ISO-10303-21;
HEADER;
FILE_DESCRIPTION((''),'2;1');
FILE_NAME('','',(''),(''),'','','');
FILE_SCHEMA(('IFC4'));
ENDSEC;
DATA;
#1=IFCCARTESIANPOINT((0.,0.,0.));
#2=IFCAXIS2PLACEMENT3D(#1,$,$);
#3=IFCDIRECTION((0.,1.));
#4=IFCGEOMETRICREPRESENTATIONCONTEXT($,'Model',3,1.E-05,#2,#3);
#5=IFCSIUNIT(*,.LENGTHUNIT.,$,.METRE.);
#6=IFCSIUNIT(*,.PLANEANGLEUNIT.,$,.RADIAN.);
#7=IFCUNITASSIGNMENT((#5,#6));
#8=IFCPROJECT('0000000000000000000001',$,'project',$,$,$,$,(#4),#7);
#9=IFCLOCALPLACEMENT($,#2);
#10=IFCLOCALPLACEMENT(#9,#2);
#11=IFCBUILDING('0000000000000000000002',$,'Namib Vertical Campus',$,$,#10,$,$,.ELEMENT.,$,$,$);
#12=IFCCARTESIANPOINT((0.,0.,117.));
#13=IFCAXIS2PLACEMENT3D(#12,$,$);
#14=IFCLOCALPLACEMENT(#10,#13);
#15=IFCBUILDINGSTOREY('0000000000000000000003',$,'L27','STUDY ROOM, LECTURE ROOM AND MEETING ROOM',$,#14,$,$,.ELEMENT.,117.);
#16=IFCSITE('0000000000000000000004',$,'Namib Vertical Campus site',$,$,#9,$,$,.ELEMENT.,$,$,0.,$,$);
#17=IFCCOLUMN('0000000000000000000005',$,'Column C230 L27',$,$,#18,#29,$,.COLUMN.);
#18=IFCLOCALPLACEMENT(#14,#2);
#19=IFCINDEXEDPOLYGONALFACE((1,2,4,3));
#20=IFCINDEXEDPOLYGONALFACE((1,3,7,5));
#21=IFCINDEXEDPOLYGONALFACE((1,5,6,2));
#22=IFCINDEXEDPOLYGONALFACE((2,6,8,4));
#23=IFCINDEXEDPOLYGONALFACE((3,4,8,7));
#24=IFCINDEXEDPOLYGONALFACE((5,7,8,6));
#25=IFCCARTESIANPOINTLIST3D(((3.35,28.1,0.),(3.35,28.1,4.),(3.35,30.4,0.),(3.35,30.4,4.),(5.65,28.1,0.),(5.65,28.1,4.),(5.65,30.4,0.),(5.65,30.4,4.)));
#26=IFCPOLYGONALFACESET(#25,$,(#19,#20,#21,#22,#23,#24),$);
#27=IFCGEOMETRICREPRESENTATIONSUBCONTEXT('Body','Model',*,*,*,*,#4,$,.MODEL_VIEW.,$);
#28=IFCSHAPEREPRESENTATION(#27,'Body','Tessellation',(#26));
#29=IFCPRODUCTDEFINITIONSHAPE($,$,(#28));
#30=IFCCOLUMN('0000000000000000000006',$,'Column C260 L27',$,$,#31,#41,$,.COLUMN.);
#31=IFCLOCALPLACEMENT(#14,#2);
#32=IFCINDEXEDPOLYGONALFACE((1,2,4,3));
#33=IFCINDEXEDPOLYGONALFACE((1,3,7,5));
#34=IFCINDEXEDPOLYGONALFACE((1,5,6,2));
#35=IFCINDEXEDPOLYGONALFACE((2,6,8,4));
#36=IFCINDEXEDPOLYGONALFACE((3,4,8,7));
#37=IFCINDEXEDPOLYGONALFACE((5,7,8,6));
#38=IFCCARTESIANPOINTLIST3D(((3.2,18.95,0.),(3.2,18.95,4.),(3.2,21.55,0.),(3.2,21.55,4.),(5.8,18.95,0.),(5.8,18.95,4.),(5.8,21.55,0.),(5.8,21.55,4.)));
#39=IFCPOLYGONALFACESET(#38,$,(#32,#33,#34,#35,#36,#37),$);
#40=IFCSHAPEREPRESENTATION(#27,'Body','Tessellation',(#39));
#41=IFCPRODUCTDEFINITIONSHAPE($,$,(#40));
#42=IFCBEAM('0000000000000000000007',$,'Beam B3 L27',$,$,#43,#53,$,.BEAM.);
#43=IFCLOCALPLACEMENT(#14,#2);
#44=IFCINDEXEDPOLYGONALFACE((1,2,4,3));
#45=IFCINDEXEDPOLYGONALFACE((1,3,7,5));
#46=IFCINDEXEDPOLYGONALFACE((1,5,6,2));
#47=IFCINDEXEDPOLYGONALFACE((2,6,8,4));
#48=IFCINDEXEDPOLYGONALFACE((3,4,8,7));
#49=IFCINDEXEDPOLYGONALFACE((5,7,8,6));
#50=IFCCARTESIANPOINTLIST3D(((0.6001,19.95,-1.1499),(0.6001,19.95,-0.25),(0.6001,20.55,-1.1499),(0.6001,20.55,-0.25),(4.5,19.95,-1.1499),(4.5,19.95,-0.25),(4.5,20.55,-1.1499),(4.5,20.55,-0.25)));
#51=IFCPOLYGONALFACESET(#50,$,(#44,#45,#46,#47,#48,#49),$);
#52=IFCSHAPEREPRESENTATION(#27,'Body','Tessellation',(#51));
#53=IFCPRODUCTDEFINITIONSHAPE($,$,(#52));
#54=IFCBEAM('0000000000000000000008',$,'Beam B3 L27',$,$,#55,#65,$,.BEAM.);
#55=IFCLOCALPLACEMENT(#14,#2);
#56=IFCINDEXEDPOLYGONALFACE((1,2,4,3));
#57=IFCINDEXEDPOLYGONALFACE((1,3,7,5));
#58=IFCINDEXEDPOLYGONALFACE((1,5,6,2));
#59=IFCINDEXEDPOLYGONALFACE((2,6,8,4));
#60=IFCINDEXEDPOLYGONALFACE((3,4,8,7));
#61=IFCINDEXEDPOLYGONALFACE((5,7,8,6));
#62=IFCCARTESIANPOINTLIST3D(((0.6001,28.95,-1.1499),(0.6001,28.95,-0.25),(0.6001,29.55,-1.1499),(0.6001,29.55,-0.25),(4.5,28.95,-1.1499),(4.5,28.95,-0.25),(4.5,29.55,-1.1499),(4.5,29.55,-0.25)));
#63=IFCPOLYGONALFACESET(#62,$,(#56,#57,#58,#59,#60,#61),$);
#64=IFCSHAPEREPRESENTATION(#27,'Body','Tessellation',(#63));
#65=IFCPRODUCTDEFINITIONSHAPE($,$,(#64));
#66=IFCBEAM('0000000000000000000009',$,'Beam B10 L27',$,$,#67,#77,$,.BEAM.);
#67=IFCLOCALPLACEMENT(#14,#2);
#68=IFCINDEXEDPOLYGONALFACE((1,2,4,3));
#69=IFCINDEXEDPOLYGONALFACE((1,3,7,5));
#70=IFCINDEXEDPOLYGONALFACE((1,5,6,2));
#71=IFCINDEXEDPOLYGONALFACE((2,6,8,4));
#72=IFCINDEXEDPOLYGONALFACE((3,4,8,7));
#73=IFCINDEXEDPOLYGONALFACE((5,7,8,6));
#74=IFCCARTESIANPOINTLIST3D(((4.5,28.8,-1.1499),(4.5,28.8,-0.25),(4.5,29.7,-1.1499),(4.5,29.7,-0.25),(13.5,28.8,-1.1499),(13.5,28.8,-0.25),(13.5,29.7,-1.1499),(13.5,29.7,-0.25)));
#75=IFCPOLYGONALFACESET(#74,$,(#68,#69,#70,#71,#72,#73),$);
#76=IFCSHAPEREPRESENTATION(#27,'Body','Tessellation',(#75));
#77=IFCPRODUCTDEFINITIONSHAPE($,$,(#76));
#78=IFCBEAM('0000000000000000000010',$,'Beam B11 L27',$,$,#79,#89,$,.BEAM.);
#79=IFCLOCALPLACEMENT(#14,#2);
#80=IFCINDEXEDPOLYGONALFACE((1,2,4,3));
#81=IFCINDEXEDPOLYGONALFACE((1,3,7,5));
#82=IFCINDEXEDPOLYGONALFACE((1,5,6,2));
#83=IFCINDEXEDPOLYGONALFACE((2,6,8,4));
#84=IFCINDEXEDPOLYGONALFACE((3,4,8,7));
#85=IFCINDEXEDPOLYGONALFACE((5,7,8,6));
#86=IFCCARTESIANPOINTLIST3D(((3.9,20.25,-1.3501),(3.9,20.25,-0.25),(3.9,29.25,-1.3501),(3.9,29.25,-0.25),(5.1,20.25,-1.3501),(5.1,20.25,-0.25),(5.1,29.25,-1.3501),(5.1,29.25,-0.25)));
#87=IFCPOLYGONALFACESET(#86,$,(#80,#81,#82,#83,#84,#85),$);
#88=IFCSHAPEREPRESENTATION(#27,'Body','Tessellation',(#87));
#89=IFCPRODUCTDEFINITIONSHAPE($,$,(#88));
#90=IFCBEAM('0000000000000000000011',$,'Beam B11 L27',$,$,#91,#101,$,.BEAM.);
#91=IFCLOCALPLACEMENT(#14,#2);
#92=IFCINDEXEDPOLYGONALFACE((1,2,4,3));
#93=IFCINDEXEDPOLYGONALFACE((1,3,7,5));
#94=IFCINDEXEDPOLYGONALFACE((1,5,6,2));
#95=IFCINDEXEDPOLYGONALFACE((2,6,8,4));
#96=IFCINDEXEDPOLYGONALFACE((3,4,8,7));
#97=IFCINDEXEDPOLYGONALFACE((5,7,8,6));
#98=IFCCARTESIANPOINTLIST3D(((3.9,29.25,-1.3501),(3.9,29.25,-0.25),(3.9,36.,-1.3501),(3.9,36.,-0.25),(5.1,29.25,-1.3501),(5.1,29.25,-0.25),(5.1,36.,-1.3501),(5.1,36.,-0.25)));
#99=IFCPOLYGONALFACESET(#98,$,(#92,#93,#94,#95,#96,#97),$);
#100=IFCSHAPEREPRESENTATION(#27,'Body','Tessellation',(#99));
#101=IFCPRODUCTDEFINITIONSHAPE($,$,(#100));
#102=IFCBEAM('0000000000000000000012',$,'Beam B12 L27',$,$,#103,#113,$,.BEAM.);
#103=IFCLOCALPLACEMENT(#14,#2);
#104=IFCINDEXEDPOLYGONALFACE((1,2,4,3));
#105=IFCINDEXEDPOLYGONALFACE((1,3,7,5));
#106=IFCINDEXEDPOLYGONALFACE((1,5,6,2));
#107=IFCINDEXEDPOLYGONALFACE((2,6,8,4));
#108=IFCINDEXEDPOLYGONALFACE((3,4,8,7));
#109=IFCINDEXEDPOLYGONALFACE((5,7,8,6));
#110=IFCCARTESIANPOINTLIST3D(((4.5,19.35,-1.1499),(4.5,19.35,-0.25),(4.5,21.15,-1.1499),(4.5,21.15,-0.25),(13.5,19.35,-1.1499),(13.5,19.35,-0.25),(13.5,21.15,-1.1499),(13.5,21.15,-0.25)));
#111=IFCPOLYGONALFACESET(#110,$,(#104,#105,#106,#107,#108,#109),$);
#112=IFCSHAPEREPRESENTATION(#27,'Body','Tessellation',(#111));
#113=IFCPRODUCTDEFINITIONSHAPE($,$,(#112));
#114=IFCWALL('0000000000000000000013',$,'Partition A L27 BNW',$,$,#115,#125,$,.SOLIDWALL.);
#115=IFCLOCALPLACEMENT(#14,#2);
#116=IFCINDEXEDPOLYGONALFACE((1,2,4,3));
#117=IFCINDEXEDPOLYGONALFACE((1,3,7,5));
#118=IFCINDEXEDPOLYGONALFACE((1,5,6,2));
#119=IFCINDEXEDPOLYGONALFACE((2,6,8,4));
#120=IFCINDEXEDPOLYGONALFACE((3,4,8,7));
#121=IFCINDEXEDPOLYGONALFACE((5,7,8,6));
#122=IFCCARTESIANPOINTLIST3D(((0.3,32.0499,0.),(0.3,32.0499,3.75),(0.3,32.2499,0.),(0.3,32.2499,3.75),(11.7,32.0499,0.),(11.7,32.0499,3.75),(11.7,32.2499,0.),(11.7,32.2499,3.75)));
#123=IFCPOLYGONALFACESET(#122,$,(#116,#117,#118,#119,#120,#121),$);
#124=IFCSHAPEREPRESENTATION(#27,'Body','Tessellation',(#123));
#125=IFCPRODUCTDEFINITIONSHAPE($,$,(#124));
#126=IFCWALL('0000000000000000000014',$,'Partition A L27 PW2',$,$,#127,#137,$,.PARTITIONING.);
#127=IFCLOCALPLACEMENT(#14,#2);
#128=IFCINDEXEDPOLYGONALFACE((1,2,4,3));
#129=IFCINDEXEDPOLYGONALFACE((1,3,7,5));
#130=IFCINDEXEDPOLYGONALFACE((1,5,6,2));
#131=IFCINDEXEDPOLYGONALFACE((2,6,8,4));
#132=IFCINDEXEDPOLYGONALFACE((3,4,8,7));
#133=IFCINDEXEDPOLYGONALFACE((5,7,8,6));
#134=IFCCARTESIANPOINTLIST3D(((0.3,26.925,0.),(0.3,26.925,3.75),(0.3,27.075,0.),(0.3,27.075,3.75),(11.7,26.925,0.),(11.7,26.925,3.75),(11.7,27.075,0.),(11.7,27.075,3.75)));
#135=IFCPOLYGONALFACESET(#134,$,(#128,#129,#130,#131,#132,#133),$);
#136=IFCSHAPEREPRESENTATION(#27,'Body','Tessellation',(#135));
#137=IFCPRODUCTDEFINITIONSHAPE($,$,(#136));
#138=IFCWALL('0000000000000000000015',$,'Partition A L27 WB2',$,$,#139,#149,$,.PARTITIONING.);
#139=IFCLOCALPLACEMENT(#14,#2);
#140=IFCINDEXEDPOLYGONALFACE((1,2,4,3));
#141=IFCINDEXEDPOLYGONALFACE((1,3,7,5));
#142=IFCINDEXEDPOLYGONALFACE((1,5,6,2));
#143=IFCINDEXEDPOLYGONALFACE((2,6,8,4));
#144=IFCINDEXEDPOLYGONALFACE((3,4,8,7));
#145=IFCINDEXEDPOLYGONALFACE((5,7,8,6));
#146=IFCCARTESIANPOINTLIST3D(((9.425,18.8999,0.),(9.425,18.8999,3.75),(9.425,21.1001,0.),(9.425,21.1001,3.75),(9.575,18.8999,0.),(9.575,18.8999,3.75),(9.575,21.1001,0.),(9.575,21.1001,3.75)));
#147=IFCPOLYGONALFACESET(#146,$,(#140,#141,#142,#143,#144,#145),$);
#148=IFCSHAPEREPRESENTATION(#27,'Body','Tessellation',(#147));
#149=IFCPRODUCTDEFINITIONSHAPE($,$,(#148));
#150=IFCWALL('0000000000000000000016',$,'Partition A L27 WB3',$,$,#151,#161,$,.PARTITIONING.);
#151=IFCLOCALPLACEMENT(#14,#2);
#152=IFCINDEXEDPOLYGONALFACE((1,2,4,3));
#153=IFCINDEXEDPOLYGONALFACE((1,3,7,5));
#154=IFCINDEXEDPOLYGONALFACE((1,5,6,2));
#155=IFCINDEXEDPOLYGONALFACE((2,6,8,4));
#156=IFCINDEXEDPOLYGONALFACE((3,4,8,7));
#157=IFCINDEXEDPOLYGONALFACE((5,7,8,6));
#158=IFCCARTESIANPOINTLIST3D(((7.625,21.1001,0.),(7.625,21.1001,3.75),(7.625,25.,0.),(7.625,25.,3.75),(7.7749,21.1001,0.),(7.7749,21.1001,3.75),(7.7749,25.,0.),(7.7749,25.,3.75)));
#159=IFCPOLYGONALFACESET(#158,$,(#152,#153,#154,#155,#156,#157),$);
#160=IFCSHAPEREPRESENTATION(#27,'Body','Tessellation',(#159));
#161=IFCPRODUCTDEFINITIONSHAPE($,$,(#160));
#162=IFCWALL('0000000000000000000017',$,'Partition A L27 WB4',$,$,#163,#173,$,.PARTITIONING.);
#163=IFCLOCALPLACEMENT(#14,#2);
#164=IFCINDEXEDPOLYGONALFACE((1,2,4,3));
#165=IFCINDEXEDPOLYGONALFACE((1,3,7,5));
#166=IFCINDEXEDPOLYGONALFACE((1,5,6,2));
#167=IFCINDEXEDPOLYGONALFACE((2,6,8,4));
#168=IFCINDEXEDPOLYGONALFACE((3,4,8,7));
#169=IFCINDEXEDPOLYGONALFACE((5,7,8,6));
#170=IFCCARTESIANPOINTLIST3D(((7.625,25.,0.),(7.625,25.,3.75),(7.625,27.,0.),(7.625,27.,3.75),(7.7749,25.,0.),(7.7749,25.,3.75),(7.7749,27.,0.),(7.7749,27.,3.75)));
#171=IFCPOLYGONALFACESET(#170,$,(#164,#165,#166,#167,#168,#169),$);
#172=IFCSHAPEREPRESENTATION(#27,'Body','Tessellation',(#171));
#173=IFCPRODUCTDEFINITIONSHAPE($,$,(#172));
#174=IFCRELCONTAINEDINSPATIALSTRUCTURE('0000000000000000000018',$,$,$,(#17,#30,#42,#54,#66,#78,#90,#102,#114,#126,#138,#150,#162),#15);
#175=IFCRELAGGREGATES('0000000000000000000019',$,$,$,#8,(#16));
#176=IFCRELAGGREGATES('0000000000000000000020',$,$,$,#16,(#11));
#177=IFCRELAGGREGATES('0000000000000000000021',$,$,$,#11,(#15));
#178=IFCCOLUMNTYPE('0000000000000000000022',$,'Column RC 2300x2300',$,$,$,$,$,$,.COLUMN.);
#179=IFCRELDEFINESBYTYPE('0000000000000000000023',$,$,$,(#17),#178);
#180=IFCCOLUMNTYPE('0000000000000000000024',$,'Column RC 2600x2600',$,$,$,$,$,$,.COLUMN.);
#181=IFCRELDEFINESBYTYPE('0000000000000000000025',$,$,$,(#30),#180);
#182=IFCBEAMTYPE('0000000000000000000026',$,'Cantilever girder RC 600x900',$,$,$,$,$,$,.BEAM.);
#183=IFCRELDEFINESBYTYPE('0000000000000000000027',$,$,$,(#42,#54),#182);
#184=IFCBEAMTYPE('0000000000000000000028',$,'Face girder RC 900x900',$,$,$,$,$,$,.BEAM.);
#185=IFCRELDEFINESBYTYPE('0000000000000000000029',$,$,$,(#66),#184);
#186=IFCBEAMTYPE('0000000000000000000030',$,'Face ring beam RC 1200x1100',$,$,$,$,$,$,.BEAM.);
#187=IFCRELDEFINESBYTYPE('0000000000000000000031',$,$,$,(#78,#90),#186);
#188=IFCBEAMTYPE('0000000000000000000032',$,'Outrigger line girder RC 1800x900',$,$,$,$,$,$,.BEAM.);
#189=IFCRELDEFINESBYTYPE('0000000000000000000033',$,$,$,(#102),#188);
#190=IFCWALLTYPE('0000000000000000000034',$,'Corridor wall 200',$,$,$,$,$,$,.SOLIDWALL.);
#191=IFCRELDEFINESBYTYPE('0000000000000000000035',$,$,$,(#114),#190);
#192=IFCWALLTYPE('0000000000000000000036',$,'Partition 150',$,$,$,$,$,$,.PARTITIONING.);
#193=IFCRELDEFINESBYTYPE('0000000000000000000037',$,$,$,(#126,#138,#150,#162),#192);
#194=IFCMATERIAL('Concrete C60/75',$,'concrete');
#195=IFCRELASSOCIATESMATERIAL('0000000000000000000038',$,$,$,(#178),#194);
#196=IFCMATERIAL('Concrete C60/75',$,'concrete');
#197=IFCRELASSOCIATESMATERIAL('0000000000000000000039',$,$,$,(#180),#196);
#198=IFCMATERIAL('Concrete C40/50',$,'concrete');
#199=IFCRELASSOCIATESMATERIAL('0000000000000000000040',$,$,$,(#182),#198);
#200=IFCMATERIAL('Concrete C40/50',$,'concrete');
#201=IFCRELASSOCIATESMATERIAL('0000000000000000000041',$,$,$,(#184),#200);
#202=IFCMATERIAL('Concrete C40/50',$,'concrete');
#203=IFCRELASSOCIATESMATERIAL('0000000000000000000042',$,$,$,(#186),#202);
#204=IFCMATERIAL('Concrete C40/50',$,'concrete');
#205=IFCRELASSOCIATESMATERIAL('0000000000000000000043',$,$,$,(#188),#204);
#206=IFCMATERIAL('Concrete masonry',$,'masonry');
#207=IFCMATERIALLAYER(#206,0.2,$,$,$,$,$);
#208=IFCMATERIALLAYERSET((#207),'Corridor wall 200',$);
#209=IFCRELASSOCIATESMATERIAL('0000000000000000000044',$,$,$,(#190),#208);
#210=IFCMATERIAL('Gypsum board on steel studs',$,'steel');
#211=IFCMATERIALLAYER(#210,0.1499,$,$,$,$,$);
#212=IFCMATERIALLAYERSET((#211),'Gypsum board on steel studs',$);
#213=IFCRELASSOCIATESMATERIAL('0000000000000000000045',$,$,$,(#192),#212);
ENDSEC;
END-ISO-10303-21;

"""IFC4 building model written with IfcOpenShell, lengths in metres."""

from ifc_helpers import new_model, si_unit, direction, frame, frame_2d, origin, origin_2d, place, context, subcontext, project, spatial, rectangle, extrude, material, layer, layer_set, material_profile, profile_set, type_object, element, save


model = new_model("IFC4")

# Units and contexts
model_context = context("Model", 3, precision=1e-05, world=origin(), true_north=direction((0.0, 1.0)))
body_context = subcontext(model_context, "Body", "Model", "MODEL_VIEW")
ifc_project = project(units=[si_unit("LENGTHUNIT", "METRE"), si_unit("PLANEANGLEUNIT", "RADIAN")], contexts=[model_context])

# Site, building, storey
site_placement = place(None, origin())
site = spatial("IfcSite", under=ifc_project, at=site_placement, Name="Namib Vertical Campus site", CompositionType="ELEMENT", RefElevation=0.0)
building_placement = place(site_placement, origin())
building = spatial("IfcBuilding", under=site, at=building_placement, Name="Namib Vertical Campus", CompositionType="ELEMENT")
storey_placement = place(building_placement, frame((0.0, 0.0, 117.0)))
storey = spatial("IfcBuildingStorey", under=building, at=storey_placement, Name="L27", Description="STUDY ROOM, LECTURE ROOM AND MEETING ROOM", CompositionType="ELEMENT", Elevation=117.0)

# Columns
ifc_material_1 = material(Name="Concrete C60/75", Category="concrete")
ifc_material_profile_1 = material_profile(ifc_material_1, rectangle(XDim=2.3, YDim=2.3, at=origin_2d()))
ifc_profile_set_1 = profile_set([ifc_material_profile_1], Name="Concrete C60/75")
column_type_1 = type_object("IfcColumnType", Name="Column RC 2300x2300", PredefinedType="COLUMN", material=ifc_profile_set_1)
column_1_placement = place(storey_placement, frame((4.5, 29.25, 0.0), z_axis=(0.0, 0.0, 1.0), x_axis=(1.0, 0.0, 0.0)))
element("IfcColumn", 1, at=column_1_placement, inside=storey, type_object=column_type_1, Name="Column C230 L27", PredefinedType="COLUMN", context=body_context, shape_type="SweptSolid", body=[
    extrude(rectangle(XDim=2.3, YDim=2.3, at=origin_2d()), origin(), (0.0, 0.0, 1.0), 4.0),
])
ifc_material_2 = material(Name="Concrete C60/75", Category="concrete")
ifc_material_profile_2 = material_profile(ifc_material_2, rectangle(XDim=2.6001, YDim=2.6001, at=origin_2d()))
ifc_profile_set_2 = profile_set([ifc_material_profile_2], Name="Concrete C60/75")
column_type_2 = type_object("IfcColumnType", Name="Column RC 2600x2600", PredefinedType="COLUMN", material=ifc_profile_set_2)
column_2_placement = place(storey_placement, frame((4.5, 20.25, 0.0), z_axis=(0.0, 0.0, 1.0), x_axis=(1.0, 0.0, 0.0)))
element("IfcColumn", 2, at=column_2_placement, inside=storey, type_object=column_type_2, Name="Column C260 L27", PredefinedType="COLUMN", context=body_context, shape_type="SweptSolid", body=[
    extrude(rectangle(XDim=2.6001, YDim=2.6001, at=origin_2d()), origin(), (0.0, 0.0, 1.0), 4.0),
])

# Beams
ifc_material_3 = material(Name="Concrete C40/50", Category="concrete")
ifc_material_profile_3 = material_profile(ifc_material_3, rectangle(XDim=0.6001, YDim=0.8999, at=origin_2d()))
ifc_profile_set_3 = profile_set([ifc_material_profile_3], Name="Concrete C40/50")
beam_type_1 = type_object("IfcBeamType", Name="Cantilever girder RC 600x900", PredefinedType="BEAM", material=ifc_profile_set_3)
for number, where, z_axis, x_axis, name in (
    (3, (4.5, 20.25, -0.7), (-1.0, 0.0, 0.0), (0.0, -1.0, 0.0), "Beam B3 L27"),
    (4, (4.5, 29.25, -0.7), (-1.0, 0.0, 0.0), (0.0, -1.0, 0.0), "Beam B3 L27"),
):
    element("IfcBeam", number, at=place(storey_placement, frame(where, z_axis=z_axis, x_axis=x_axis)), inside=storey, type_object=beam_type_1, Name=name, PredefinedType="BEAM", context=body_context, shape_type="SweptSolid", body=[
        extrude(rectangle(XDim=0.6001, YDim=0.8999, at=origin_2d()), origin(), (0.0, 0.0, 1.0), 3.8999),
    ])
ifc_material_4 = material(Name="Concrete C40/50", Category="concrete")
ifc_material_profile_4 = material_profile(ifc_material_4, rectangle(XDim=0.8999, YDim=0.8999, at=origin_2d()))
ifc_profile_set_4 = profile_set([ifc_material_profile_4], Name="Concrete C40/50")
beam_type_2 = type_object("IfcBeamType", Name="Face girder RC 900x900", PredefinedType="BEAM", material=ifc_profile_set_4)
beam_1_placement = place(storey_placement, frame((4.5, 29.25, -0.7), z_axis=(1.0, 0.0, 0.0), x_axis=(0.0, 1.0, 0.0)))
element("IfcBeam", 5, at=beam_1_placement, inside=storey, type_object=beam_type_2, Name="Beam B10 L27", PredefinedType="BEAM", context=body_context, shape_type="SweptSolid", body=[
    extrude(rectangle(XDim=0.8999, YDim=0.8999, at=origin_2d()), origin(), (0.0, 0.0, 1.0), 9.0),
])
ifc_material_5 = material(Name="Concrete C40/50", Category="concrete")
ifc_material_profile_5 = material_profile(ifc_material_5, rectangle(XDim=1.2, YDim=1.1001, at=origin_2d()))
ifc_profile_set_5 = profile_set([ifc_material_profile_5], Name="Concrete C40/50")
beam_type_3 = type_object("IfcBeamType", Name="Face ring beam RC 1200x1100", PredefinedType="BEAM", material=ifc_profile_set_5)
beam_2_placement = place(storey_placement, frame((4.5, 20.25, -0.8), z_axis=(0.0, 1.0, 0.0), x_axis=(-1.0, 0.0, 0.0)))
element("IfcBeam", 6, at=beam_2_placement, inside=storey, type_object=beam_type_3, Name="Beam B11 L27", PredefinedType="BEAM", context=body_context, shape_type="SweptSolid", body=[
    extrude(rectangle(XDim=1.2, YDim=1.1001, at=origin_2d()), origin(), (0.0, 0.0, 1.0), 9.0),
])
beam_3_placement = place(storey_placement, frame((4.5, 29.25, -0.8), z_axis=(0.0, 1.0, 0.0), x_axis=(-1.0, 0.0, 0.0)))
element("IfcBeam", 7, at=beam_3_placement, inside=storey, type_object=beam_type_3, Name="Beam B11 L27", PredefinedType="BEAM", context=body_context, shape_type="SweptSolid", body=[
    extrude(rectangle(XDim=1.2, YDim=1.1001, at=origin_2d()), origin(), (0.0, 0.0, 1.0), 6.75),
])
ifc_material_6 = material(Name="Concrete C40/50", Category="concrete")
ifc_material_profile_6 = material_profile(ifc_material_6, rectangle(XDim=1.8, YDim=0.8999, at=origin_2d()))
ifc_profile_set_6 = profile_set([ifc_material_profile_6], Name="Concrete C40/50")
beam_type_4 = type_object("IfcBeamType", Name="Outrigger line girder RC 1800x900", PredefinedType="BEAM", material=ifc_profile_set_6)
beam_4_placement = place(storey_placement, frame((4.5, 20.25, -0.7), z_axis=(1.0, 0.0, 0.0), x_axis=(0.0, 1.0, 0.0)))
element("IfcBeam", 8, at=beam_4_placement, inside=storey, type_object=beam_type_4, Name="Beam B12 L27", PredefinedType="BEAM", context=body_context, shape_type="SweptSolid", body=[
    extrude(rectangle(XDim=1.8, YDim=0.8999, at=origin_2d()), origin(), (0.0, 0.0, 1.0), 9.0),
])

# Walls
ifc_material_7 = material(Name="Concrete masonry", Category="masonry")
ifc_layer_1 = layer(ifc_material_7, 0.2)
ifc_layer_set_1 = layer_set([ifc_layer_1], Name="Corridor wall 200")
wall_type_1 = type_object("IfcWallType", Name="Corridor wall 200", PredefinedType="SOLIDWALL", material=ifc_layer_set_1)
wall_1_placement = place(storey_placement, frame((0.3, 32.1499, 0.0), z_axis=(0.0, 0.0, 1.0), x_axis=(1.0, 0.0, 0.0)))
element("IfcWall", 9, at=wall_1_placement, inside=storey, type_object=wall_type_1, Name="Partition A L27 BNW", PredefinedType="SOLIDWALL", context=body_context, shape_type="SweptSolid", body=[
    extrude(rectangle(XDim=11.3999, YDim=0.2, at=frame_2d((5.7, 0.0))), origin(), (0.0, 0.0, 1.0), 3.75),
])
ifc_material_8 = material(Name="Gypsum board on steel studs", Category="steel")
ifc_layer_2 = layer(ifc_material_8, 0.1499)
ifc_layer_set_2 = layer_set([ifc_layer_2], Name="Gypsum board on steel studs")
wall_type_2 = type_object("IfcWallType", Name="Partition 150", PredefinedType="PARTITIONING", material=ifc_layer_set_2)
wall_2_placement = place(storey_placement, frame((0.3, 27.0, 0.0), z_axis=(0.0, 0.0, 1.0), x_axis=(1.0, 0.0, 0.0)))
element("IfcWall", 10, at=wall_2_placement, inside=storey, type_object=wall_type_2, Name="Partition A L27 PW2", PredefinedType="PARTITIONING", context=body_context, shape_type="SweptSolid", body=[
    extrude(rectangle(XDim=11.3999, YDim=0.1499, at=frame_2d((5.7, 0.0))), origin(), (0.0, 0.0, 1.0), 3.75),
])
wall_3_placement = place(storey_placement, frame((9.5, 18.8999, 0.0), z_axis=(0.0, 0.0, 1.0), x_axis=(0.0, 1.0, 0.0)))
element("IfcWall", 11, at=wall_3_placement, inside=storey, type_object=wall_type_2, Name="Partition A L27 WB2", PredefinedType="PARTITIONING", context=body_context, shape_type="SweptSolid", body=[
    extrude(rectangle(XDim=2.2002, YDim=0.1499, at=frame_2d((1.1001, 0.0))), origin(), (0.0, 0.0, 1.0), 3.75),
])
wall_4_placement = place(storey_placement, frame((7.7, 21.1001, 0.0), z_axis=(0.0, 0.0, 1.0), x_axis=(0.0, 1.0, 0.0)))
element("IfcWall", 12, at=wall_4_placement, inside=storey, type_object=wall_type_2, Name="Partition A L27 WB3", PredefinedType="PARTITIONING", context=body_context, shape_type="SweptSolid", body=[
    extrude(rectangle(XDim=3.8999, YDim=0.1499, at=frame_2d((1.95, 0.0))), origin(), (0.0, 0.0, 1.0), 3.75),
])
wall_5_placement = place(storey_placement, frame((7.7, 25.0, 0.0), z_axis=(0.0, 0.0, 1.0), x_axis=(0.0, 1.0, 0.0)))
element("IfcWall", 13, at=wall_5_placement, inside=storey, type_object=wall_type_2, Name="Partition A L27 WB4", PredefinedType="PARTITIONING", context=body_context, shape_type="SweptSolid", body=[
    extrude(rectangle(XDim=2.0, YDim=0.1499, at=frame_2d((1.0, 0.0))), origin(), (0.0, 0.0, 1.0), 3.75),
])

save(model, "model.ifc")
